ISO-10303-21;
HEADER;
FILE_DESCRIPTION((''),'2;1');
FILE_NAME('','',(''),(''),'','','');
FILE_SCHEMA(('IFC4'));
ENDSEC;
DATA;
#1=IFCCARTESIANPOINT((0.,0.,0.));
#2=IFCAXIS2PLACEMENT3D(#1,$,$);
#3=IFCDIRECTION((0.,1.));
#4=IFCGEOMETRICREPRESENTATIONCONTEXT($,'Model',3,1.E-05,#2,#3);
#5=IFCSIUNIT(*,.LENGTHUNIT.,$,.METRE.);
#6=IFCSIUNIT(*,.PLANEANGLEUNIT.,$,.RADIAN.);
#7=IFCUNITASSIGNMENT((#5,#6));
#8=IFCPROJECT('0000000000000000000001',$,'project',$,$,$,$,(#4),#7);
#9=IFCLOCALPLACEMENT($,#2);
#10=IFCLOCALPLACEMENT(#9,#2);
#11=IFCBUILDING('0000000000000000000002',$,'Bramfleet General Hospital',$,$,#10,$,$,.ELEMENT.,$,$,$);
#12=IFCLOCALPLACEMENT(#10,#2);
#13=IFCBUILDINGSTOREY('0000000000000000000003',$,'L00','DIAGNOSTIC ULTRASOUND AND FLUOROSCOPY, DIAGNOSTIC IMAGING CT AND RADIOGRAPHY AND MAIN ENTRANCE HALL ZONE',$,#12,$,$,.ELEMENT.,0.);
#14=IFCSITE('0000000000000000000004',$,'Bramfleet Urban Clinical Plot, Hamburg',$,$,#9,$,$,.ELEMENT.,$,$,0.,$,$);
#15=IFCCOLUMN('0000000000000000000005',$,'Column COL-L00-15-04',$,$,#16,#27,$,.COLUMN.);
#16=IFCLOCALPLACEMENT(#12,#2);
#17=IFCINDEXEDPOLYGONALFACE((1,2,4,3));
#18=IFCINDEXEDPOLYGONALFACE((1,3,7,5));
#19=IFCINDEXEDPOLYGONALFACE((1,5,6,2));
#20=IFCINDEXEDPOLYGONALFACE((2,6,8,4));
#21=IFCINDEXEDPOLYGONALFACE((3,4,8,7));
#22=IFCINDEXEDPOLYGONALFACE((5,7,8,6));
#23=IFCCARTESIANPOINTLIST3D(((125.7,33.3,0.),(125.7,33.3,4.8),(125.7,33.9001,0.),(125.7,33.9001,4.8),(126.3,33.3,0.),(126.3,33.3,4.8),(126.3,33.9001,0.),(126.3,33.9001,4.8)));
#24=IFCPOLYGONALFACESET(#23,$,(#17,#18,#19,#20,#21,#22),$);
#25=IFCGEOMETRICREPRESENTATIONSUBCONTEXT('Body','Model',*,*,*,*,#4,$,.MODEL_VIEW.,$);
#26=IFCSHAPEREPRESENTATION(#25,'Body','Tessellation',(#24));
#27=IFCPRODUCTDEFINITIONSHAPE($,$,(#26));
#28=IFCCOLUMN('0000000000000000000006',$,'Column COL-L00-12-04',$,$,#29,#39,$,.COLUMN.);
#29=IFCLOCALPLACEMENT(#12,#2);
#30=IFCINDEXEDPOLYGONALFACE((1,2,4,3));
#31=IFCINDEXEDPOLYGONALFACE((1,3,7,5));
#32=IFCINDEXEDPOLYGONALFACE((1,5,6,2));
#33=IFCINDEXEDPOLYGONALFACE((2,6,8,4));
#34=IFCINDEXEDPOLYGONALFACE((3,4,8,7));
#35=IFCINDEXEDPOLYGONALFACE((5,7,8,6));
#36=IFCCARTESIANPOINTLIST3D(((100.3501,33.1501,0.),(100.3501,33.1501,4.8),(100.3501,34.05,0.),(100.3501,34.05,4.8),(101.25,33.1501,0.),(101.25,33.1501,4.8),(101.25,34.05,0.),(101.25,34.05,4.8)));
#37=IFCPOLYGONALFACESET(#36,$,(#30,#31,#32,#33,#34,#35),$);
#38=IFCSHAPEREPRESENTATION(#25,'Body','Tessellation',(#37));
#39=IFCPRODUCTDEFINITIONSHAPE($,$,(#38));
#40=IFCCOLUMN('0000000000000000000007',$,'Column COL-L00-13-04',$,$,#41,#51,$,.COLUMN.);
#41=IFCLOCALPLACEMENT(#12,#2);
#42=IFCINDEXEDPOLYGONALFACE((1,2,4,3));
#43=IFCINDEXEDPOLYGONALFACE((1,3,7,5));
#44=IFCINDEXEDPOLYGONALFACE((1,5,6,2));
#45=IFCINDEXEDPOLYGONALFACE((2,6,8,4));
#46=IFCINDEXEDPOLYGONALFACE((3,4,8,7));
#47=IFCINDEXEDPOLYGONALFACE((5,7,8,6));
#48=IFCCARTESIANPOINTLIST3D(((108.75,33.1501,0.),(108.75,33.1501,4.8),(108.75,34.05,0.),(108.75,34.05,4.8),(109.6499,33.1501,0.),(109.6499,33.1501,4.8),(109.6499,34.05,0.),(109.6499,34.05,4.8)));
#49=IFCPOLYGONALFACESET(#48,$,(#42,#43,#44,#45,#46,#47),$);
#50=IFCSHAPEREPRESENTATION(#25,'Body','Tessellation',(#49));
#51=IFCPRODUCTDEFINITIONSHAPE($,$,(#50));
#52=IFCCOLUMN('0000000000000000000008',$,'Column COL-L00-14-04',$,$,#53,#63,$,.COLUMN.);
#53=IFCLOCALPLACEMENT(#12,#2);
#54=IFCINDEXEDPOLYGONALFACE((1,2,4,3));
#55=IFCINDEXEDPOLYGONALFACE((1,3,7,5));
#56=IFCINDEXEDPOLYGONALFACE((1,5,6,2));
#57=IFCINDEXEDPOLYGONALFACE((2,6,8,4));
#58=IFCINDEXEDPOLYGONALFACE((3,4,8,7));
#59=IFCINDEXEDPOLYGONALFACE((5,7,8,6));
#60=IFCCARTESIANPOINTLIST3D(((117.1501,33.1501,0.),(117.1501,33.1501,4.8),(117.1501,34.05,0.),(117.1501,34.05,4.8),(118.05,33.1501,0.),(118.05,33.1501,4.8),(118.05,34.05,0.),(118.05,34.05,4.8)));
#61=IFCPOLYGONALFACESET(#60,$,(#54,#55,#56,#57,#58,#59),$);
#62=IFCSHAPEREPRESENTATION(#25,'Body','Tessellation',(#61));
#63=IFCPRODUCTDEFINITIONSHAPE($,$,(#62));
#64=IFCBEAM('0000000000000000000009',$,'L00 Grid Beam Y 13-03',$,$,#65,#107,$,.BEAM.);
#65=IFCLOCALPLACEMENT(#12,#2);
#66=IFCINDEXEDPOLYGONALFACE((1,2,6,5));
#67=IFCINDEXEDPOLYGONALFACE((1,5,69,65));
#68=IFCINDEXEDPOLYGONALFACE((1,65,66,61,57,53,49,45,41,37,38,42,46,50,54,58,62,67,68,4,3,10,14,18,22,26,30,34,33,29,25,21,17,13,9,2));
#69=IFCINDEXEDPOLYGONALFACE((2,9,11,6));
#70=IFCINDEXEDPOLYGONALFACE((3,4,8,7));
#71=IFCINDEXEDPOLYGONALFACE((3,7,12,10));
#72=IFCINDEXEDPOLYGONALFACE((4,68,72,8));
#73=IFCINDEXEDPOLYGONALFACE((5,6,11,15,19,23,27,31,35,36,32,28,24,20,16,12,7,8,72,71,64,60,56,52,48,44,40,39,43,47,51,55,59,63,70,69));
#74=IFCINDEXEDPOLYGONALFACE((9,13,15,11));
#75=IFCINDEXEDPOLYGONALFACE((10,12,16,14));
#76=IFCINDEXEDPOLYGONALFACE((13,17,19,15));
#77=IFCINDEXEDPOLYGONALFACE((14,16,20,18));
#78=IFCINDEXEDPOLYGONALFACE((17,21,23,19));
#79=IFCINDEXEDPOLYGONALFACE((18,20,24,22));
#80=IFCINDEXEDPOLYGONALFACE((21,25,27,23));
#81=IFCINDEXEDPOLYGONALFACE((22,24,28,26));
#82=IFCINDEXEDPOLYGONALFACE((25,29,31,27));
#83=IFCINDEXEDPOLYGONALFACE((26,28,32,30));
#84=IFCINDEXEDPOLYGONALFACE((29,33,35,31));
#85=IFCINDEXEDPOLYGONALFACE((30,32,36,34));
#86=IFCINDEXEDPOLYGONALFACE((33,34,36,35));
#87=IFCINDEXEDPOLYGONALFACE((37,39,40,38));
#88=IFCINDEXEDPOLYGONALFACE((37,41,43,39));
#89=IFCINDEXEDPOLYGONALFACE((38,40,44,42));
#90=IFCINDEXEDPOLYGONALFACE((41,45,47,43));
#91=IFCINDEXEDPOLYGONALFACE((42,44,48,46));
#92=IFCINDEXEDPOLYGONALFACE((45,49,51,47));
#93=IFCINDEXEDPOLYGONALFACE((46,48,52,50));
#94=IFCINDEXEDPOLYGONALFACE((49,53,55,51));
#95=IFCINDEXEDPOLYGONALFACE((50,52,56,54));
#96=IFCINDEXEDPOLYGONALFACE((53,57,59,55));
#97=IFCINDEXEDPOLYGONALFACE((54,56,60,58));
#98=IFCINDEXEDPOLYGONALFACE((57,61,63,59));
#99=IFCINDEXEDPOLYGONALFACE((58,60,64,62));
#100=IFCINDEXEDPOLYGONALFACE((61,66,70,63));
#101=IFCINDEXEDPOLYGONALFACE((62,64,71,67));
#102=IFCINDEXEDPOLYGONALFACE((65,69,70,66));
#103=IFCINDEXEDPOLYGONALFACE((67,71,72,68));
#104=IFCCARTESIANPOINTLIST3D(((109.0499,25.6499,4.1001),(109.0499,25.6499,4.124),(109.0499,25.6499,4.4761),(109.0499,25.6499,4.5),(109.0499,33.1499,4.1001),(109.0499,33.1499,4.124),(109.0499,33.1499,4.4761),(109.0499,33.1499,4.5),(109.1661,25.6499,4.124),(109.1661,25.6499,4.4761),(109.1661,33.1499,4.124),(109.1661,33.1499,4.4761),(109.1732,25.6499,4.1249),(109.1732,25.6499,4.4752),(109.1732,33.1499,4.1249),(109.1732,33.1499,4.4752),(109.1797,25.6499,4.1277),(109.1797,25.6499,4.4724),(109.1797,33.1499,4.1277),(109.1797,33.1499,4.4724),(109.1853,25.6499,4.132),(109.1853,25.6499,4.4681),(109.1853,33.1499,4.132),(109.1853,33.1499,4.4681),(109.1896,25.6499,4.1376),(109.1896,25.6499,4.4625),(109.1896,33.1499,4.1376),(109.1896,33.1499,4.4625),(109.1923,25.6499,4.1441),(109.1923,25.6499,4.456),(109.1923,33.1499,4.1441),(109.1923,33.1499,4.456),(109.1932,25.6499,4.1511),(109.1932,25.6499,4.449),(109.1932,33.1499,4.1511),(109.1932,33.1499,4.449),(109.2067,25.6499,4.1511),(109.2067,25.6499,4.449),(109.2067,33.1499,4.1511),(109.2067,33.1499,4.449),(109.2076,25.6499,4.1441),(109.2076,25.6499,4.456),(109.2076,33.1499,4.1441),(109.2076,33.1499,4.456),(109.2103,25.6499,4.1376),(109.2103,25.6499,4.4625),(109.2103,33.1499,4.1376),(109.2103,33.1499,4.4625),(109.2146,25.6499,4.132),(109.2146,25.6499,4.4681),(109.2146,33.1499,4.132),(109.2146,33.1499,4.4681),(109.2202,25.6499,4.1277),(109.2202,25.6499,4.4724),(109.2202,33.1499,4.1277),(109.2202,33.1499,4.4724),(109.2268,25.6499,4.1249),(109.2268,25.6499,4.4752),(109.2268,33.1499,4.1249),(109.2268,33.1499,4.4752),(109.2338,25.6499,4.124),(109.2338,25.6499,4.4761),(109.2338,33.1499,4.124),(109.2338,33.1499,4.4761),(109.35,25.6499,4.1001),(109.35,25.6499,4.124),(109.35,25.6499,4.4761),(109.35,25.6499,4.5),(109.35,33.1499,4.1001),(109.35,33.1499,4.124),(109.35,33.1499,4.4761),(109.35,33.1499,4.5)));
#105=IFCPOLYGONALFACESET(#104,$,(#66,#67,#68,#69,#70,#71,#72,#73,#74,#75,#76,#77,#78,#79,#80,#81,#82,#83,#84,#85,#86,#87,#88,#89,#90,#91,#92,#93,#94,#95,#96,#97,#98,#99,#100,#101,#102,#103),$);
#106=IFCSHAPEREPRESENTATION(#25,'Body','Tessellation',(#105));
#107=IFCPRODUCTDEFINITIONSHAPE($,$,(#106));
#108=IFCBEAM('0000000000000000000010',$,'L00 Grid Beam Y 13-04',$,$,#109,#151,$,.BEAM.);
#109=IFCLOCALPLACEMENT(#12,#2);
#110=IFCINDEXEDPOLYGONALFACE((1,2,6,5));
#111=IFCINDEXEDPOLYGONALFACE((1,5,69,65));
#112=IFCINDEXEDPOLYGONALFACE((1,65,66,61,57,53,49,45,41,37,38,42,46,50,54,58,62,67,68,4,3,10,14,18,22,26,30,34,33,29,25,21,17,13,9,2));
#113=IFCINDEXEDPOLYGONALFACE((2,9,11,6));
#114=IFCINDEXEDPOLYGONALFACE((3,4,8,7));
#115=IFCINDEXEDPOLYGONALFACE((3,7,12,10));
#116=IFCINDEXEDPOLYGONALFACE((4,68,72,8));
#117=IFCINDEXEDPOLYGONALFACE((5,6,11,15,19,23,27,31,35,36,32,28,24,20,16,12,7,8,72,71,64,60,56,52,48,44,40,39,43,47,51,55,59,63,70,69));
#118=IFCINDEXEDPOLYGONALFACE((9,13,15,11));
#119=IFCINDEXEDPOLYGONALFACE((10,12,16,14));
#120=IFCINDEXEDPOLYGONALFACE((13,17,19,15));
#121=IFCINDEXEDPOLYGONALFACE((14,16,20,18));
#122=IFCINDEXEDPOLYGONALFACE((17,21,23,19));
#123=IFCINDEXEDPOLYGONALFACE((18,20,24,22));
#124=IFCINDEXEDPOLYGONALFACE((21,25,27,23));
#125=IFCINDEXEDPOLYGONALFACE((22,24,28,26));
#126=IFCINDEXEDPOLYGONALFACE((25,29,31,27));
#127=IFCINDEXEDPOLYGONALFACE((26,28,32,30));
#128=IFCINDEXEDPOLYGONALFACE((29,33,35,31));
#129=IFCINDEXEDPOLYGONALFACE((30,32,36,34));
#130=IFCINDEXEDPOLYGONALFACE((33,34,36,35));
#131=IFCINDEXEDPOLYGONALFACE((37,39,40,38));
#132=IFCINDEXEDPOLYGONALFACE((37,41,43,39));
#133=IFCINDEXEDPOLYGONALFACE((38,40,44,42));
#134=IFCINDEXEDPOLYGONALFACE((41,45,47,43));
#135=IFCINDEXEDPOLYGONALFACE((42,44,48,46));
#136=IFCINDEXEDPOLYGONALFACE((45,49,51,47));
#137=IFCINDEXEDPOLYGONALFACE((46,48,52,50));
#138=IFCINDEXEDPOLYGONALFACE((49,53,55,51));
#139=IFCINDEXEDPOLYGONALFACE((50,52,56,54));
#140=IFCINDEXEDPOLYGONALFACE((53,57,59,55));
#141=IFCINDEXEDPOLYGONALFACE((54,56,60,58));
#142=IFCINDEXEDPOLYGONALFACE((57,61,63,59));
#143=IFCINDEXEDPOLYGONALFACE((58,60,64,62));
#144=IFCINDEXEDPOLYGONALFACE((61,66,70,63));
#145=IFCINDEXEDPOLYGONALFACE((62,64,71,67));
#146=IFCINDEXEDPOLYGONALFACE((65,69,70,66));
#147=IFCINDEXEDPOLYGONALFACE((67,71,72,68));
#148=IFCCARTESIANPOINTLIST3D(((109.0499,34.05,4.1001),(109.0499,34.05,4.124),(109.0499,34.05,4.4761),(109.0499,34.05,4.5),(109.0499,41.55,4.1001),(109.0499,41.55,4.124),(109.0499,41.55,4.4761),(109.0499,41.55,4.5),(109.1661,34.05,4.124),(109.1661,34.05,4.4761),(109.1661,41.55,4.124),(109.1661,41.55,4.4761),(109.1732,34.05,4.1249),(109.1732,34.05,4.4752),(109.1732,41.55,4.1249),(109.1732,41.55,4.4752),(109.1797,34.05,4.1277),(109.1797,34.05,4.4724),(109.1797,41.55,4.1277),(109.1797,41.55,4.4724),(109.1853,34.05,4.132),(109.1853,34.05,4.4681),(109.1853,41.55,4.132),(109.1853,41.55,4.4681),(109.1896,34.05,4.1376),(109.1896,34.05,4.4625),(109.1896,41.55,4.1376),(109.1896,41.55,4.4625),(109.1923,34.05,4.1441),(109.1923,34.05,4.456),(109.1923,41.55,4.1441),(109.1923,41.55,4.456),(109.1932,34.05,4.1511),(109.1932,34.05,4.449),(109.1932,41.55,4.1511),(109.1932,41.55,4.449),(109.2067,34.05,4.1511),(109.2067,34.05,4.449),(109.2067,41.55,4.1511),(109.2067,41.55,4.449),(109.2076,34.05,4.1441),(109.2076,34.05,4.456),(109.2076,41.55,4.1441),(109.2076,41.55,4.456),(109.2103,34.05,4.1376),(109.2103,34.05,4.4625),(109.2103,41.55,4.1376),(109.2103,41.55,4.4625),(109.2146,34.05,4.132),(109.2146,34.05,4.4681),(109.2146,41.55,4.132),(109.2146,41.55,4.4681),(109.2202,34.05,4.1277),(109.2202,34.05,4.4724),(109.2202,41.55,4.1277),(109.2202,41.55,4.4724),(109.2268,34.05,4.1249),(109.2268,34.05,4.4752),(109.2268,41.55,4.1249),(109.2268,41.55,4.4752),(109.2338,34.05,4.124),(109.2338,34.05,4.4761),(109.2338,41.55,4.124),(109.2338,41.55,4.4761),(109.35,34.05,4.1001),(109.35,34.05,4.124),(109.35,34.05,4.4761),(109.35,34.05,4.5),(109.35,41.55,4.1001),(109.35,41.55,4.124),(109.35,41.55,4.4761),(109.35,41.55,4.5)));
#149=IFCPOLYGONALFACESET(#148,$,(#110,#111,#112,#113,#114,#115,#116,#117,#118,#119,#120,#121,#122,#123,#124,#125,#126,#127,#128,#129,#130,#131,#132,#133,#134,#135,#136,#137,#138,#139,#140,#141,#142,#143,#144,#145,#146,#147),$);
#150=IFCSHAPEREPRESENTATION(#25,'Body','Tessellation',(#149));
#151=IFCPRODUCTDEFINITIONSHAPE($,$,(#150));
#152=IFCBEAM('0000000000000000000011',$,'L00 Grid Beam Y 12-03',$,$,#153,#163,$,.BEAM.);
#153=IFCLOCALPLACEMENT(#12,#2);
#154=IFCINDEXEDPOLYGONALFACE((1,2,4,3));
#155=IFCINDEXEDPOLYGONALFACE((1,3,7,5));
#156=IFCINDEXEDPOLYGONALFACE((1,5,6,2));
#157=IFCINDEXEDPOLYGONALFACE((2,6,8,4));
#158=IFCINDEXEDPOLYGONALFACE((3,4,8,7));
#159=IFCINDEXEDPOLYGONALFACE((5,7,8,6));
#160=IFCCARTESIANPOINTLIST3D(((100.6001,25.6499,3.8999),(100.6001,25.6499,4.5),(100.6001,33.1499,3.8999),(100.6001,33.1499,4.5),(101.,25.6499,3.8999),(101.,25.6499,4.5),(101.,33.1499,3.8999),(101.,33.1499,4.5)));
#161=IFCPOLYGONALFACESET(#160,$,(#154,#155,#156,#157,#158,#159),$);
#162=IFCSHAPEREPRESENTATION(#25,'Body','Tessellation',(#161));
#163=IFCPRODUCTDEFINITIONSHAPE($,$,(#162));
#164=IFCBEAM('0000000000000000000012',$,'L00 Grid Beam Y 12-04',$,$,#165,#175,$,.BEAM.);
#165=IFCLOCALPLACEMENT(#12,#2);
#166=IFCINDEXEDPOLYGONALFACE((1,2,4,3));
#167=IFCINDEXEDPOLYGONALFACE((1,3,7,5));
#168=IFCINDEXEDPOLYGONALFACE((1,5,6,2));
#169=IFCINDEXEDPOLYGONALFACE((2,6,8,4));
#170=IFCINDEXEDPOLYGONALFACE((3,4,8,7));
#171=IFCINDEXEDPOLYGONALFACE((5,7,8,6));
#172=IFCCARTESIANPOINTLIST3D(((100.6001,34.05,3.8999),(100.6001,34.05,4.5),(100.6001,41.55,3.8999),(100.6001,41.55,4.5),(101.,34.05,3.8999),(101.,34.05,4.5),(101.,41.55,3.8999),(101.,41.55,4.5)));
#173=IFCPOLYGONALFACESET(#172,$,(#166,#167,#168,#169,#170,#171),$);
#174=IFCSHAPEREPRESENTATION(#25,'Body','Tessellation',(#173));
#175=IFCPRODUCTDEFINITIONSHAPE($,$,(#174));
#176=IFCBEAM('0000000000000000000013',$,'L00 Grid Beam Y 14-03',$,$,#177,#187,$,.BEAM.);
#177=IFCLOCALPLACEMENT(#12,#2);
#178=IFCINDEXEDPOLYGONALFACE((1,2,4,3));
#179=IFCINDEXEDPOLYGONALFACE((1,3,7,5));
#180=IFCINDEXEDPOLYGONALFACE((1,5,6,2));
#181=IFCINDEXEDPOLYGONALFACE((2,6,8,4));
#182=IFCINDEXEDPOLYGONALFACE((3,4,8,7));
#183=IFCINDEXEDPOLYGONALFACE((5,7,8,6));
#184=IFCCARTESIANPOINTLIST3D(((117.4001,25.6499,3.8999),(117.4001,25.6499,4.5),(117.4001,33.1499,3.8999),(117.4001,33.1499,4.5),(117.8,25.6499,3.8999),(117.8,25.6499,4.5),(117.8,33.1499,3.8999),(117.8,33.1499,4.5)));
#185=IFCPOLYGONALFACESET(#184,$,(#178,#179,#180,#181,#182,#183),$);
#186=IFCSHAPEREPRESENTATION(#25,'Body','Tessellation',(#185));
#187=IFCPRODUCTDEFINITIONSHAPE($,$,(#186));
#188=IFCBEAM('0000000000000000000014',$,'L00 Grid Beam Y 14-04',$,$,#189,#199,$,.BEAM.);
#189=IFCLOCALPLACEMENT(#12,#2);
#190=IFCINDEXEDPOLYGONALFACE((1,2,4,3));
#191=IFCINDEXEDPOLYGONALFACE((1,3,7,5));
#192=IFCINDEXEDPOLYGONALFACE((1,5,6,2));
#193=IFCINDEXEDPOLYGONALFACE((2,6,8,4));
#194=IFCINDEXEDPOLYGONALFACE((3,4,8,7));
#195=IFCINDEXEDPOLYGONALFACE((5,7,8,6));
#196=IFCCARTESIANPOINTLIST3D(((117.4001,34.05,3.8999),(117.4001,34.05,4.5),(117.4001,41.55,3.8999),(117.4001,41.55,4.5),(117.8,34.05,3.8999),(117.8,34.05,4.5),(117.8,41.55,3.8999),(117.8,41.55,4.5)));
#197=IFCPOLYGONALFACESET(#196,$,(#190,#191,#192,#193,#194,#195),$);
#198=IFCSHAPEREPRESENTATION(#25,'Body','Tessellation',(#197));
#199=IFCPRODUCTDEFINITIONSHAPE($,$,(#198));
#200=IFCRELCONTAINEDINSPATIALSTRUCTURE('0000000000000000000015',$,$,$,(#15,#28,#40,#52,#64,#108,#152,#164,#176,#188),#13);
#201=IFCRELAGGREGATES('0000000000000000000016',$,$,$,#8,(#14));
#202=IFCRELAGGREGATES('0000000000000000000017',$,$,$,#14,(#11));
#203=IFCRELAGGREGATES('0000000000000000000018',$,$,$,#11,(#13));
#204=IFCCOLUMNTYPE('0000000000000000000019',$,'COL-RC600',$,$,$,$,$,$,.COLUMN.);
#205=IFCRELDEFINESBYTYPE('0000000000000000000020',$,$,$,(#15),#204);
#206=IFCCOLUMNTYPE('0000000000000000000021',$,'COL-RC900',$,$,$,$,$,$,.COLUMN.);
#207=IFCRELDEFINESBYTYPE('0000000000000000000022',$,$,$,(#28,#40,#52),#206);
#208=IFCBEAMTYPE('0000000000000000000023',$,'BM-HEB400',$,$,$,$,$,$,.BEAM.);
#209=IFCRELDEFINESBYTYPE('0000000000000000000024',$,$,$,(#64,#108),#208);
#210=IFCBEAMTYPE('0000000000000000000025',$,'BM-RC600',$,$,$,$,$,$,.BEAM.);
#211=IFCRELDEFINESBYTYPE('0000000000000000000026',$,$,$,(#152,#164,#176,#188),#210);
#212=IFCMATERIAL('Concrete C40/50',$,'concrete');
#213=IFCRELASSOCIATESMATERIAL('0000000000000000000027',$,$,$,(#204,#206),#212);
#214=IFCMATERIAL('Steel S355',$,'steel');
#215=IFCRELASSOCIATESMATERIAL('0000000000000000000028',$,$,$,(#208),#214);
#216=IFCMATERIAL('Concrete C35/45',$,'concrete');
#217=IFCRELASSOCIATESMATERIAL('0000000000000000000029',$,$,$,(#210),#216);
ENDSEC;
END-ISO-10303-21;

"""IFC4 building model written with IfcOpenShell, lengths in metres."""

from ifc_helpers import new_model, si_unit, direction, frame, origin, origin_2d, place, context, subcontext, project, spatial, rectangle, i_section, extrude, material, material_profile, profile_set, type_object, element, save


model = new_model("IFC4")

# Units and contexts
model_context = context("Model", 3, precision=1e-05, world=origin(), true_north=direction((0.0, 1.0)))
body_context = subcontext(model_context, "Body", "Model", "MODEL_VIEW")
ifc_project = project(units=[si_unit("LENGTHUNIT", "METRE"), si_unit("PLANEANGLEUNIT", "RADIAN")], contexts=[model_context])

# Site, building, storey
site_placement = place(None, origin())
site = spatial("IfcSite", under=ifc_project, at=site_placement, Name="Bramfleet Urban Clinical Plot, Hamburg", CompositionType="ELEMENT", RefElevation=0.0)
building_placement = place(site_placement, origin())
building = spatial("IfcBuilding", under=site, at=building_placement, Name="Bramfleet General Hospital", CompositionType="ELEMENT")
storey_placement = place(building_placement, origin())
storey = spatial("IfcBuildingStorey", under=building, at=storey_placement, Name="L00", Description="DIAGNOSTIC ULTRASOUND AND FLUOROSCOPY, DIAGNOSTIC IMAGING CT AND RADIOGRAPHY AND MAIN ENTRANCE HALL ZONE", CompositionType="ELEMENT", Elevation=0.0)

# Columns
ifc_material_1 = material(Name="Concrete C40/50", Category="concrete")
ifc_material_profile_1 = material_profile(ifc_material_1, rectangle(XDim=0.6001, YDim=0.6001, at=origin_2d()), Name="RC COL 600x600")
ifc_profile_set_1 = profile_set([ifc_material_profile_1], Name="Concrete C40/50")
column_type_1 = type_object("IfcColumnType", Name="COL-RC600", PredefinedType="COLUMN", material=ifc_profile_set_1)
column_placement = place(storey_placement, frame((126.0, 33.6001, 0.0), z_axis=(0.0, 0.0, 1.0), x_axis=(1.0, 0.0, 0.0)))
element("IfcColumn", 1, at=column_placement, inside=storey, type_object=column_type_1, Name="Column COL-L00-15-04", PredefinedType="COLUMN", context=body_context, shape_type="SweptSolid", body=[
    extrude(rectangle(XDim=0.6001, YDim=0.6001, at=origin_2d()), origin(), (0.0, 0.0, 1.0), 4.8),
])
ifc_material_profile_2 = material_profile(ifc_material_1, rectangle(XDim=0.8999, YDim=0.8999, at=origin_2d()), Name="RC COL 900x900")
ifc_profile_set_2 = profile_set([ifc_material_profile_2], Name="Concrete C40/50")
column_type_2 = type_object("IfcColumnType", Name="COL-RC900", PredefinedType="COLUMN", material=ifc_profile_set_2)
for number, where, z_axis, x_axis, name in (
    (2, (100.8, 33.6001, 0.0), (0.0, 0.0, 1.0), (1.0, 0.0, 0.0), "Column COL-L00-12-04"),
    (3, (109.2, 33.6001, 0.0), (0.0, 0.0, 1.0), (1.0, 0.0, 0.0), "Column COL-L00-13-04"),
    (4, (117.6001, 33.6001, 0.0), (0.0, 0.0, 1.0), (1.0, 0.0, 0.0), "Column COL-L00-14-04"),
):
    element("IfcColumn", number, at=place(storey_placement, frame(where, z_axis=z_axis, x_axis=x_axis)), inside=storey, type_object=column_type_2, Name=name, PredefinedType="COLUMN", context=body_context, shape_type="SweptSolid", body=[
        extrude(rectangle(XDim=0.8999, YDim=0.8999, at=origin_2d()), origin(), (0.0, 0.0, 1.0), 4.8),
    ])

# Beams
ifc_material_2 = material(Name="Steel S355", Category="steel")
ifc_material_profile_3 = material_profile(ifc_material_2, i_section(OverallWidth=0.3, OverallDepth=0.3999, WebThickness=0.0134, FlangeThickness=0.0239, FilletRadius=0.0271, at=origin_2d()), Name="HEB 400")
ifc_profile_set_3 = profile_set([ifc_material_profile_3], Name="Steel S355")
beam_type_1 = type_object("IfcBeamType", Name="BM-HEB400", PredefinedType="BEAM", material=ifc_profile_set_3)
for number, where, z_axis, x_axis, name in (
    (5, (109.2, 25.6499, 4.3), (0.0, 1.0, 0.0), (-1.0, 0.0, 0.0), "L00 Grid Beam Y 13-03"),
    (6, (109.2, 34.05, 4.3), (0.0, 1.0, 0.0), (-1.0, 0.0, 0.0), "L00 Grid Beam Y 13-04"),
):
    element("IfcBeam", number, at=place(storey_placement, frame(where, z_axis=z_axis, x_axis=x_axis)), inside=storey, type_object=beam_type_1, Name=name, PredefinedType="BEAM", context=body_context, shape_type="SweptSolid", body=[
        extrude(i_section(OverallWidth=0.3, OverallDepth=0.3999, WebThickness=0.0134, FlangeThickness=0.0239, FilletRadius=0.0271, at=origin_2d()), origin(), (0.0, 0.0, 1.0), 7.5),
    ])
ifc_material_3 = material(Name="Concrete C35/45", Category="concrete")
ifc_material_profile_4 = material_profile(ifc_material_3, rectangle(XDim=0.3999, YDim=0.6001, at=origin_2d()), Name="RC BM 600x400")
ifc_profile_set_4 = profile_set([ifc_material_profile_4], Name="Concrete C35/45")
beam_type_2 = type_object("IfcBeamType", Name="BM-RC600", PredefinedType="BEAM", material=ifc_profile_set_4)
for number, where, z_axis, x_axis, name in (
    (7, (100.8, 25.6499, 4.2), (0.0, 1.0, 0.0), (-1.0, 0.0, 0.0), "L00 Grid Beam Y 12-03"),
    (8, (100.8, 34.05, 4.2), (0.0, 1.0, 0.0), (-1.0, 0.0, 0.0), "L00 Grid Beam Y 12-04"),
    (9, (117.6001, 25.6499, 4.2), (0.0, 1.0, 0.0), (-1.0, 0.0, 0.0), "L00 Grid Beam Y 14-03"),
    (10, (117.6001, 34.05, 4.2), (0.0, 1.0, 0.0), (-1.0, 0.0, 0.0), "L00 Grid Beam Y 14-04"),
):
    element("IfcBeam", number, at=place(storey_placement, frame(where, z_axis=z_axis, x_axis=x_axis)), inside=storey, type_object=beam_type_2, Name=name, PredefinedType="BEAM", context=body_context, shape_type="SweptSolid", body=[
        extrude(rectangle(XDim=0.3999, YDim=0.6001, at=origin_2d()), origin(), (0.0, 0.0, 1.0), 7.5),
    ])

save(model, "model.ifc")
